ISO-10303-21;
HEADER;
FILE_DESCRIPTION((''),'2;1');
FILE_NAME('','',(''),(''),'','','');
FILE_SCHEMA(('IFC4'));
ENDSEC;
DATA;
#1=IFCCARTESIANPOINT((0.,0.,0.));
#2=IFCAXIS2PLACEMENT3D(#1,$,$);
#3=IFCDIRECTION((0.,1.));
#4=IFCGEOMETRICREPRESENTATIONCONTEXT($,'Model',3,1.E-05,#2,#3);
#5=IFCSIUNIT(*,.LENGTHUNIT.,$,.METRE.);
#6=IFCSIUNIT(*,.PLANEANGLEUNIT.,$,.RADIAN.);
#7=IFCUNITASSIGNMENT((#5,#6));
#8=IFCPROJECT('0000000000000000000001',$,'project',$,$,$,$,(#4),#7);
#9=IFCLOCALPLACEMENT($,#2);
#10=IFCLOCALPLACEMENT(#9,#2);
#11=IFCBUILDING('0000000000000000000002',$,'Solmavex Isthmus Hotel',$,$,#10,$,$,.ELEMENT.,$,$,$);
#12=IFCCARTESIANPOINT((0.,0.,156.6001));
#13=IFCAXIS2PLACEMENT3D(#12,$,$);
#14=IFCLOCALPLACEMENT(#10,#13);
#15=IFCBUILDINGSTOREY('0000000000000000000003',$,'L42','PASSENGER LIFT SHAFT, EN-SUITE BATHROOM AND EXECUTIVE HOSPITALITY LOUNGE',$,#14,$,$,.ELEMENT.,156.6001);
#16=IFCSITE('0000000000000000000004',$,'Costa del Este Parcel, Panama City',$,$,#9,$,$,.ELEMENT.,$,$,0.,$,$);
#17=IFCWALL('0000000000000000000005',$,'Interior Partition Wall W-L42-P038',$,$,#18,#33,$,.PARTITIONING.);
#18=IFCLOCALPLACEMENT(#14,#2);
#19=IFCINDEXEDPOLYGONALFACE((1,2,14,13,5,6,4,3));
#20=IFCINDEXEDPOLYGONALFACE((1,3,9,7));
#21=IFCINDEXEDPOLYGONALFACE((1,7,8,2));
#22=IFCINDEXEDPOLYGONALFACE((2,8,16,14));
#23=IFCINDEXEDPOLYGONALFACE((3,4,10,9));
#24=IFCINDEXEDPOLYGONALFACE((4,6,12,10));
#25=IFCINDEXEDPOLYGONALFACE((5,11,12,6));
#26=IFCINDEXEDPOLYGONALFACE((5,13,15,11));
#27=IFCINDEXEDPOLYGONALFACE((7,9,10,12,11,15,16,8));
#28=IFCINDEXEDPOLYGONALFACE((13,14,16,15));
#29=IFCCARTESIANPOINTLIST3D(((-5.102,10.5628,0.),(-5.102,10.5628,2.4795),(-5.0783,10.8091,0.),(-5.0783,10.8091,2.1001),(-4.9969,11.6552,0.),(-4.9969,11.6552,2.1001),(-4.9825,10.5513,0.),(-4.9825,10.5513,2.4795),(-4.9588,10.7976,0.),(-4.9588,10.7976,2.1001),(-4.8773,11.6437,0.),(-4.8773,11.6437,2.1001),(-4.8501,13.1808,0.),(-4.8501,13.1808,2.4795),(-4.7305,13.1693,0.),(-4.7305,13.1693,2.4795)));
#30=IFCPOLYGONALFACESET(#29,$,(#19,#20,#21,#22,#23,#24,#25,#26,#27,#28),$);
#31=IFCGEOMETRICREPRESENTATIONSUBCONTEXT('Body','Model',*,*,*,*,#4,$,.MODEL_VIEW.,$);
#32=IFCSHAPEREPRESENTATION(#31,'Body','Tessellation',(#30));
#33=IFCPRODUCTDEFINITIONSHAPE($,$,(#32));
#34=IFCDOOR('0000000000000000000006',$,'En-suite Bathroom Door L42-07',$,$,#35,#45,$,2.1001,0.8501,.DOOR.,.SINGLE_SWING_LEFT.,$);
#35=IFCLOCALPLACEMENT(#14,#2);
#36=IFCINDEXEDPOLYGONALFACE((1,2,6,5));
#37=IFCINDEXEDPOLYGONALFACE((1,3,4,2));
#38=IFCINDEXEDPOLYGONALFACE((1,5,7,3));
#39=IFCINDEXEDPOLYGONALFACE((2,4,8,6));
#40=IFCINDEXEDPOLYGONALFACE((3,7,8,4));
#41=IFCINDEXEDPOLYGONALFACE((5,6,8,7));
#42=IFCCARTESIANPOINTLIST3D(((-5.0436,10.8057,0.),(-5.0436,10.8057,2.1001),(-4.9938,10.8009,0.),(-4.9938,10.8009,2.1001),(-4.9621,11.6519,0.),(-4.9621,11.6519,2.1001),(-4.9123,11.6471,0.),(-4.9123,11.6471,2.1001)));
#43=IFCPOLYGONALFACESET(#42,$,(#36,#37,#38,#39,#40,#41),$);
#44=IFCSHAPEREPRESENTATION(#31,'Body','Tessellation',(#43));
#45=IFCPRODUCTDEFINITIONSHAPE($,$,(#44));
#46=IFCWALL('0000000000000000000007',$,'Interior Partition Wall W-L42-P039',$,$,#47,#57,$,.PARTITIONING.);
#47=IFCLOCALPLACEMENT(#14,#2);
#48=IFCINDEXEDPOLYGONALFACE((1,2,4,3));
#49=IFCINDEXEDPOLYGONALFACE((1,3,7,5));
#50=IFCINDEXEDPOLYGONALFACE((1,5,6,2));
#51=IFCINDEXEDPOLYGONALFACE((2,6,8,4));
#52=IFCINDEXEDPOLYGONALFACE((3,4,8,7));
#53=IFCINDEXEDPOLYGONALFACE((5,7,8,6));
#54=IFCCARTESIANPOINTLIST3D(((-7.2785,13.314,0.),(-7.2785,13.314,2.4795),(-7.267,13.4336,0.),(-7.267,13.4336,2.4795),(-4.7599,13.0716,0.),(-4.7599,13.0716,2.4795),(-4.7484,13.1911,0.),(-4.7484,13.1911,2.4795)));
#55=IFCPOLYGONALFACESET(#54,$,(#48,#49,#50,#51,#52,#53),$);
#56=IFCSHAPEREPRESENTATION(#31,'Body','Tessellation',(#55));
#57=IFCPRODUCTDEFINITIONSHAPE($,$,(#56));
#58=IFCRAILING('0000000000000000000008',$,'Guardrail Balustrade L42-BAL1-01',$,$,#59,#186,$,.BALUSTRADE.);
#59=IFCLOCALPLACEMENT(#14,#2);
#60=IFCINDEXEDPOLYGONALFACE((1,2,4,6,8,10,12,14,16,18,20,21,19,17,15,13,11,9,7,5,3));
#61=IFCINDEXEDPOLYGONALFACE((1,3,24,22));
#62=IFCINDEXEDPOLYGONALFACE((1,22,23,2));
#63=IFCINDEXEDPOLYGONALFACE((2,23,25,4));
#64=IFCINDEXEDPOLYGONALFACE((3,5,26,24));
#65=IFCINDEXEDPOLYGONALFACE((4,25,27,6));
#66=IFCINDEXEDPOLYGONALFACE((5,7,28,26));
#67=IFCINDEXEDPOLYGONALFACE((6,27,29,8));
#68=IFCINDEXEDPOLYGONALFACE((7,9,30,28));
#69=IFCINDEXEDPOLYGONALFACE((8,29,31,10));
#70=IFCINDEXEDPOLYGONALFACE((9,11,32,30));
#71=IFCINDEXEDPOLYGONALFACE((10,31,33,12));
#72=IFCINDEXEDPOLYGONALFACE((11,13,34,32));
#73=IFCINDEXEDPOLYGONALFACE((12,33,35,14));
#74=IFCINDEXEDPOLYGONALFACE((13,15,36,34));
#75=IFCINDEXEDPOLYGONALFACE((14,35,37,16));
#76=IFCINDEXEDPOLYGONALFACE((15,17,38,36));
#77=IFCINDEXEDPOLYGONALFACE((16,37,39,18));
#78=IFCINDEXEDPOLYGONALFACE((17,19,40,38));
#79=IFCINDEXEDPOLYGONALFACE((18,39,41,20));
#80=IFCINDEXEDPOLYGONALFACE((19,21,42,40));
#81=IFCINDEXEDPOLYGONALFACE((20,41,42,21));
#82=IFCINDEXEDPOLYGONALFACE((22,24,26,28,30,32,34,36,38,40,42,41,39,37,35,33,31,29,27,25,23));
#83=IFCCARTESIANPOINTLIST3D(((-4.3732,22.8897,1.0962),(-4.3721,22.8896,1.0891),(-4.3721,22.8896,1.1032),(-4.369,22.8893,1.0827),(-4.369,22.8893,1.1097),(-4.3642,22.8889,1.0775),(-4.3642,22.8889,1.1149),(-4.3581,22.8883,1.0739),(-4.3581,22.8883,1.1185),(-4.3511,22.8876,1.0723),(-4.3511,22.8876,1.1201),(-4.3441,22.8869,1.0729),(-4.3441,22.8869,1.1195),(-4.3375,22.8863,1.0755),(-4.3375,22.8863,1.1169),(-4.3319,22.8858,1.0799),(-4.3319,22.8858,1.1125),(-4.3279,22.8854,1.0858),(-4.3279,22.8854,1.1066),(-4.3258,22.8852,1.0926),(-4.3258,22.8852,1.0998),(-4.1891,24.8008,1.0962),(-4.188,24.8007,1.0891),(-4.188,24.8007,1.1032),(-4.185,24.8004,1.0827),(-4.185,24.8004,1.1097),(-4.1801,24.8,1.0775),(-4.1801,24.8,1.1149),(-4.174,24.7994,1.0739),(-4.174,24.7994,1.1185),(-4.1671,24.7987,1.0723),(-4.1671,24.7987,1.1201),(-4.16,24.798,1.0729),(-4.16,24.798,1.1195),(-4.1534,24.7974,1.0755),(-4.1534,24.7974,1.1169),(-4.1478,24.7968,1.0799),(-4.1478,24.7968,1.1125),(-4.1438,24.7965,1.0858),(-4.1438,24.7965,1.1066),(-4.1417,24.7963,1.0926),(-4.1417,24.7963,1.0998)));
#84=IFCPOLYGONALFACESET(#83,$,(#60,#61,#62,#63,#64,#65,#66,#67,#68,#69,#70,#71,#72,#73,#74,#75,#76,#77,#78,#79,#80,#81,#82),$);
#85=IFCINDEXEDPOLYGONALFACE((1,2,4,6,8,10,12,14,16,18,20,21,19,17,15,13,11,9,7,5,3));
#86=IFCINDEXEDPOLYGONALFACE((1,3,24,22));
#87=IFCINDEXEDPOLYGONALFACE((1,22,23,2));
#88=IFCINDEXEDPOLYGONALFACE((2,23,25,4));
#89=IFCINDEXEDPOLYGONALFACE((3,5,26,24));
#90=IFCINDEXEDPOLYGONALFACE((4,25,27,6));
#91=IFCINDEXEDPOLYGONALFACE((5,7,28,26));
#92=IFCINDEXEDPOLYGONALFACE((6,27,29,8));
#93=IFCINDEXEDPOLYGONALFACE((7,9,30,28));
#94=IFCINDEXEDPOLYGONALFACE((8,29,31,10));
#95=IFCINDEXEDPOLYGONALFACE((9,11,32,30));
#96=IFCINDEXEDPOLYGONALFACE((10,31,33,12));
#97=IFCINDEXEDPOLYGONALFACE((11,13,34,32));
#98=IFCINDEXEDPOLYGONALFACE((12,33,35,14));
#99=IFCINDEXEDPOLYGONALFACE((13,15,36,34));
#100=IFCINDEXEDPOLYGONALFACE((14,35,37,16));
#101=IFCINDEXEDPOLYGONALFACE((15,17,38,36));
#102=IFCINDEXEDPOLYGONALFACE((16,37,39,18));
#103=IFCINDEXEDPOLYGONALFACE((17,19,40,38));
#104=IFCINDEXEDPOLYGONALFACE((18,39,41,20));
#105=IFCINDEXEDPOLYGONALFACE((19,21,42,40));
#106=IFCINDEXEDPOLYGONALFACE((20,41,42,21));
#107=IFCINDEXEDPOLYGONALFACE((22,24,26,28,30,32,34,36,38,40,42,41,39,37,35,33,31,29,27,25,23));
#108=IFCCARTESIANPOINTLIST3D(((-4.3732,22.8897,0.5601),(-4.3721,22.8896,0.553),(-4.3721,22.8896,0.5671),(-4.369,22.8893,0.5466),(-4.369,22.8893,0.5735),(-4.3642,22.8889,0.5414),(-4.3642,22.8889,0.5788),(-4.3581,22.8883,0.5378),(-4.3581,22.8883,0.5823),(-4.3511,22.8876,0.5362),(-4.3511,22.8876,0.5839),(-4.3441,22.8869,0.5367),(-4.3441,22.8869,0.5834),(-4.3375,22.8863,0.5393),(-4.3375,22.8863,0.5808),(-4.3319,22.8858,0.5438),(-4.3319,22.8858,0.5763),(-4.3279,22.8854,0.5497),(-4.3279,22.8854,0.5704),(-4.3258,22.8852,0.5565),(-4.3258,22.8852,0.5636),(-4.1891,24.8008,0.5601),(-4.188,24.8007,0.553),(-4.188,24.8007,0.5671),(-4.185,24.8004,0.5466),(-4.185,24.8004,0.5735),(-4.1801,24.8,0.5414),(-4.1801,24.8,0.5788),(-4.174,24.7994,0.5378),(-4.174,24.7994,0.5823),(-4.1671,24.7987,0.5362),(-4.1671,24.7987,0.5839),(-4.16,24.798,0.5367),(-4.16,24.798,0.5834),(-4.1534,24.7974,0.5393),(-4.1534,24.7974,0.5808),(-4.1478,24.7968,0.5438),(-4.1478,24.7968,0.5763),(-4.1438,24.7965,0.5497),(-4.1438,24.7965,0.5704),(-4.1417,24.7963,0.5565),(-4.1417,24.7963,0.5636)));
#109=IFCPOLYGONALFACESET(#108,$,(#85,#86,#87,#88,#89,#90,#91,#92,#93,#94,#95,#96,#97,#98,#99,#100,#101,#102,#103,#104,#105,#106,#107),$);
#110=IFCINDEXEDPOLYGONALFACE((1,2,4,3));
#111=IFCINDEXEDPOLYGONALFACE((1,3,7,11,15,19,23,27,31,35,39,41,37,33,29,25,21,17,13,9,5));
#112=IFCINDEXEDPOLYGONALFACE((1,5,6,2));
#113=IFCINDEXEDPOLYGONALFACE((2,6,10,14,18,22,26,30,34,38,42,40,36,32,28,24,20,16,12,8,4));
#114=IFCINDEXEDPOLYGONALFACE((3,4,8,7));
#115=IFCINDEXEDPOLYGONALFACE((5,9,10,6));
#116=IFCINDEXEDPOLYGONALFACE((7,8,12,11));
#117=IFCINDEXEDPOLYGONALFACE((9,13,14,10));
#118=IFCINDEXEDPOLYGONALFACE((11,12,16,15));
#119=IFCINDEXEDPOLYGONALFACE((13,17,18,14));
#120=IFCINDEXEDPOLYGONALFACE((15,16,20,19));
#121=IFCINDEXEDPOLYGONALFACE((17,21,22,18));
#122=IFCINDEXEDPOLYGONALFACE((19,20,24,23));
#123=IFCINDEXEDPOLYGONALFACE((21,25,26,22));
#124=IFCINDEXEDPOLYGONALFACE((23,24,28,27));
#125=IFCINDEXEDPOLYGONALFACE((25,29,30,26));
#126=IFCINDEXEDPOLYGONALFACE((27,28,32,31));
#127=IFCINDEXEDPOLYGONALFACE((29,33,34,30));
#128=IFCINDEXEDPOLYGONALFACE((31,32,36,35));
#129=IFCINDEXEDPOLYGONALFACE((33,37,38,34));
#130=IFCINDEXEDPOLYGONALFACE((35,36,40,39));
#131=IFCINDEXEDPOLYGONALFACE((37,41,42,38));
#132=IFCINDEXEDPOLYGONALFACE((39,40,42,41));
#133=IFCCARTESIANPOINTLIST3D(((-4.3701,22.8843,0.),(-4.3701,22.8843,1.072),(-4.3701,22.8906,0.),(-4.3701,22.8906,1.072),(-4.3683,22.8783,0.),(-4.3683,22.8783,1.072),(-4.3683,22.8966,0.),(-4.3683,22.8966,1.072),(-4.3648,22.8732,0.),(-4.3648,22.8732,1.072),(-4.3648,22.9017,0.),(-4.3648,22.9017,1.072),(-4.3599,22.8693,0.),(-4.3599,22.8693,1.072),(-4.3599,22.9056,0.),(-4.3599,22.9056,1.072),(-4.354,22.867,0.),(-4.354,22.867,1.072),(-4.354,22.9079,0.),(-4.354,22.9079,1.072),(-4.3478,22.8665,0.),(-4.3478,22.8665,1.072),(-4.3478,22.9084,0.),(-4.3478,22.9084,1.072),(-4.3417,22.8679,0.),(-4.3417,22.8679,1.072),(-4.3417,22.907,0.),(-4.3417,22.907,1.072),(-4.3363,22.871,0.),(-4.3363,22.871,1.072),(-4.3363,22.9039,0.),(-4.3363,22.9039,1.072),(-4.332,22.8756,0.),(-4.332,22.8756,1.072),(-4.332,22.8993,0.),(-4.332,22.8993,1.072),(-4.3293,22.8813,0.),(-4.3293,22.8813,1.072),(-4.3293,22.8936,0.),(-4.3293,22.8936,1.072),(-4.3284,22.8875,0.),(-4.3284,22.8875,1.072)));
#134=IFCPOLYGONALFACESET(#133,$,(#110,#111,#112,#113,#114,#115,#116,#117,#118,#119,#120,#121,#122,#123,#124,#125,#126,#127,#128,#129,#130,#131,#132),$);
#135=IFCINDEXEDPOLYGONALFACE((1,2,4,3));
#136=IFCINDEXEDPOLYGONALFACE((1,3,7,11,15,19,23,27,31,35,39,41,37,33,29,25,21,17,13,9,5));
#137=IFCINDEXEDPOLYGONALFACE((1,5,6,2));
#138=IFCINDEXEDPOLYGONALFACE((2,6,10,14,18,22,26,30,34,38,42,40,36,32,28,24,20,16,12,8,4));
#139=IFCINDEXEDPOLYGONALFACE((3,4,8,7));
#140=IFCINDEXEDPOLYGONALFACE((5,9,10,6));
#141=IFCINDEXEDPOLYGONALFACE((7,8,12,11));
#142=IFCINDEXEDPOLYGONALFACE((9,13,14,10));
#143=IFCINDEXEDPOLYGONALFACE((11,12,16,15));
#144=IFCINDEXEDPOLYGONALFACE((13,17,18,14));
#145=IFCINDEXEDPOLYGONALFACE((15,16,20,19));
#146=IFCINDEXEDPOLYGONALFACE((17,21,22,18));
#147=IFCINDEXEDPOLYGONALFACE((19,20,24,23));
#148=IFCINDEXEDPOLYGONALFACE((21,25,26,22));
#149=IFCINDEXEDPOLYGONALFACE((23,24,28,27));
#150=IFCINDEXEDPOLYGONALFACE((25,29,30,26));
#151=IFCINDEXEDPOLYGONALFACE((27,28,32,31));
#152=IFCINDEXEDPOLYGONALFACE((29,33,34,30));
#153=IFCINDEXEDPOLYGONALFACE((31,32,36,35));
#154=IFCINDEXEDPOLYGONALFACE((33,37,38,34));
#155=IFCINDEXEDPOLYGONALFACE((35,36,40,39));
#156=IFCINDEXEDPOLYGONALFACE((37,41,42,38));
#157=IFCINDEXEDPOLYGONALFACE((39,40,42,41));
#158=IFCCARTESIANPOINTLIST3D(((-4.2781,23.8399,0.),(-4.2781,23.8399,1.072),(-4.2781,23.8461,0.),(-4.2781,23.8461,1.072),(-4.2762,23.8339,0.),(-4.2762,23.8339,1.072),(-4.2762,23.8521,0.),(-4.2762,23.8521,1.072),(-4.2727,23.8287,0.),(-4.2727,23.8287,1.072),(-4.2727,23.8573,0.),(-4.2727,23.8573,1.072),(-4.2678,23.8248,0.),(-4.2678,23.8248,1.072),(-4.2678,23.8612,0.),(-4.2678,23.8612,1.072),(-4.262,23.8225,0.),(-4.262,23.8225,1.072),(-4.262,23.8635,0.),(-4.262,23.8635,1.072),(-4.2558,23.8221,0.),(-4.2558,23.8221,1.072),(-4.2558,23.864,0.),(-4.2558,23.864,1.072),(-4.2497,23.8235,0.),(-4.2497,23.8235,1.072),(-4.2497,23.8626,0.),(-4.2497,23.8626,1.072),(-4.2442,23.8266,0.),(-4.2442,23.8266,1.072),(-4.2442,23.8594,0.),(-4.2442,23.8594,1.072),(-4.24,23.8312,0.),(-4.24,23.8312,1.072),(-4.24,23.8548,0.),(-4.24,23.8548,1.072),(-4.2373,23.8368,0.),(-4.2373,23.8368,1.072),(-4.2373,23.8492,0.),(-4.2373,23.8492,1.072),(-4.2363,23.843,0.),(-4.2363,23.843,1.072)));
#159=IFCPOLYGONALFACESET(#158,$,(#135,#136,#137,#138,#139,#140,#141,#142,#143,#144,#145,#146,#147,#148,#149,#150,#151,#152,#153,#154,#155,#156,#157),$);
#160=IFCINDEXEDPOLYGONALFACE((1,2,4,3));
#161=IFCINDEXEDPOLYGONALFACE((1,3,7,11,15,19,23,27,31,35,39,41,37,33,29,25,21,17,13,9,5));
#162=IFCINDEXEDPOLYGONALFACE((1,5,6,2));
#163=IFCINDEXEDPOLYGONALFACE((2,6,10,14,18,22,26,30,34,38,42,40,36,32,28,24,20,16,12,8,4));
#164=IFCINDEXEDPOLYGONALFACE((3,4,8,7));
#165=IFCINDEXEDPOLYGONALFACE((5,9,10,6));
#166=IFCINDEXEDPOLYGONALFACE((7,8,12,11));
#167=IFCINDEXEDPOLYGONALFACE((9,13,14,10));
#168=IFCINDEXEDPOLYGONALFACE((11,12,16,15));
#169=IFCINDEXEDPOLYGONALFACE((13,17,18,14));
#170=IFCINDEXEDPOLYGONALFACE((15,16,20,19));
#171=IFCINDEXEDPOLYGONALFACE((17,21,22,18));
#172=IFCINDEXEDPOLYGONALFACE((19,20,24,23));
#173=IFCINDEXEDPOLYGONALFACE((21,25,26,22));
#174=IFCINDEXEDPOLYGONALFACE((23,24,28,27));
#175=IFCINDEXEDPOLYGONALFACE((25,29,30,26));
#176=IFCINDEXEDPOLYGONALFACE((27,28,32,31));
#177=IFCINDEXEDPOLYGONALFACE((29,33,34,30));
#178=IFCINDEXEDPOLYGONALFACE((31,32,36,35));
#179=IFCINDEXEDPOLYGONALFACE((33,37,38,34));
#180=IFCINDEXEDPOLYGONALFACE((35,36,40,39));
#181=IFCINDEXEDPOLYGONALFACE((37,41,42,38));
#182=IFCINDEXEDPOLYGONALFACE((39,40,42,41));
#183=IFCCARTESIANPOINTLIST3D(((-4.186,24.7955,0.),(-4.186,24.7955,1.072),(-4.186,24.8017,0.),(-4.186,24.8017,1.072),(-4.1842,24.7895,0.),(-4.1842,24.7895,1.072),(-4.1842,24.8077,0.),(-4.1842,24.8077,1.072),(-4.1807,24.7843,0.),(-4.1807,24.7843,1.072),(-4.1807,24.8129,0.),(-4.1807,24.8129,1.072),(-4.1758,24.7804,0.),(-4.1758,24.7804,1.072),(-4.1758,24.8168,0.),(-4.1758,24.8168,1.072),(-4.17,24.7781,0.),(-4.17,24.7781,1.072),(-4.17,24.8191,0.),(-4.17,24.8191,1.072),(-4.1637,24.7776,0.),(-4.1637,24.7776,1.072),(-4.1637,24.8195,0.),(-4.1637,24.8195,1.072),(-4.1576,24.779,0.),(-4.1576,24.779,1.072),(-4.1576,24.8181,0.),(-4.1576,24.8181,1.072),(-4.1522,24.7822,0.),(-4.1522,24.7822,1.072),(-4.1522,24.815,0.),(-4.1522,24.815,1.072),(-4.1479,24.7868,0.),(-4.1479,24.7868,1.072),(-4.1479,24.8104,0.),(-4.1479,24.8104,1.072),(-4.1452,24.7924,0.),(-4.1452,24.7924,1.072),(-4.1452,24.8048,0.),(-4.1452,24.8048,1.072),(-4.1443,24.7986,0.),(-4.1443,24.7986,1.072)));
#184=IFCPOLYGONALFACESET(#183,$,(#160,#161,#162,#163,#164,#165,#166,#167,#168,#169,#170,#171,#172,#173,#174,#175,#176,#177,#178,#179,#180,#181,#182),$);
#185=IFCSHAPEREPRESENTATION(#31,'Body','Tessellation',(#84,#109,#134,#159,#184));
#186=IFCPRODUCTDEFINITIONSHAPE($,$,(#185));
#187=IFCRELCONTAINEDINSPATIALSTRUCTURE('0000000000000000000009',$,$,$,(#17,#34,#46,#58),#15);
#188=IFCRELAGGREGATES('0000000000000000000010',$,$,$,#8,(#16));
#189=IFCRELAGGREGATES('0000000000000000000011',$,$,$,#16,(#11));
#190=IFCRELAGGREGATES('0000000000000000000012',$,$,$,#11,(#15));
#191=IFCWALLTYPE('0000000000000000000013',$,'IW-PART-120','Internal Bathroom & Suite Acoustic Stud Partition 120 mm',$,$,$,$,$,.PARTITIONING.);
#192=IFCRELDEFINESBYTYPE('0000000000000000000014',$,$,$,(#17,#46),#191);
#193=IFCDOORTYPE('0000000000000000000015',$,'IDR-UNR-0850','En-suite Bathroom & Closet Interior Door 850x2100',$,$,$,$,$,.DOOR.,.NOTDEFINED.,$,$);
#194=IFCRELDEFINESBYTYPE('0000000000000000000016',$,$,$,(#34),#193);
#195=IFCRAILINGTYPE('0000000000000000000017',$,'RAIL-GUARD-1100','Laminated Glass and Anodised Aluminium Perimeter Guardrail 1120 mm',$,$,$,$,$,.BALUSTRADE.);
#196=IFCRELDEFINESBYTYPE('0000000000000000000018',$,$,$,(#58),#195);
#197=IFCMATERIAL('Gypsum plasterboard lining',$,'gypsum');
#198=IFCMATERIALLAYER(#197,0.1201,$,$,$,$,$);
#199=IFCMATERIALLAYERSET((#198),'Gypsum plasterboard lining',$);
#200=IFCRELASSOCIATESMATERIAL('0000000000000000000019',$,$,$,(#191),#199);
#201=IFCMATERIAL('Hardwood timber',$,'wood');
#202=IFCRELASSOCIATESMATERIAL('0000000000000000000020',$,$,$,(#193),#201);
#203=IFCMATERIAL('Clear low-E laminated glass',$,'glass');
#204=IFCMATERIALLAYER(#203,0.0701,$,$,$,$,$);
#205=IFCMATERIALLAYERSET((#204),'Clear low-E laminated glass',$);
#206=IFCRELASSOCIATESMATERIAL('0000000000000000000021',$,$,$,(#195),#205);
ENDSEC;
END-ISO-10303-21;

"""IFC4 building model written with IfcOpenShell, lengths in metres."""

from ifc_helpers import new_model, si_unit, direction, frame, frame_2d, origin, origin_2d, place, context, subcontext, project, spatial, rectangle, circle, extrude, material, layer, layer_set, type_object, element, fill, save


model = new_model("IFC4")

# Units and contexts
model_context = context("Model", 3, precision=1e-05, world=origin(), true_north=direction((0.0, 1.0)))
body_context = subcontext(model_context, "Body", "Model", "MODEL_VIEW")
ifc_project = project(units=[si_unit("LENGTHUNIT", "METRE"), si_unit("PLANEANGLEUNIT", "RADIAN")], contexts=[model_context])

# Site, building, storey
site_placement = place(None, origin())
site = spatial("IfcSite", under=ifc_project, at=site_placement, Name="Costa del Este Parcel, Panama City", CompositionType="ELEMENT", RefElevation=0.0)
building_placement = place(site_placement, origin())
building = spatial("IfcBuilding", under=site, at=building_placement, Name="Solmavex Isthmus Hotel", CompositionType="ELEMENT")
storey_placement = place(building_placement, frame((0.0, 0.0, 156.6001)))
storey = spatial("IfcBuildingStorey", under=building, at=storey_placement, Name="L42", Description="PASSENGER LIFT SHAFT, EN-SUITE BATHROOM AND EXECUTIVE HOSPITALITY LOUNGE", CompositionType="ELEMENT", Elevation=156.6001)

# Shared definitions
ifc_material_1 = material(Name="Clear low-E laminated glass", Category="glass")

# Shared definitions
ifc_material_2 = material(Name="Gypsum plasterboard lining", Category="gypsum")

# Shared definitions
ifc_material_3 = material(Name="Hardwood timber", Category="wood")

# Shared definitions
ifc_layer_1 = layer(ifc_material_2, 0.1201)
ifc_layer_set_1 = layer_set([ifc_layer_1], Name="Gypsum plasterboard lining")
wall_type_1 = type_object("IfcWallType", Name="IW-PART-120", Description="Internal Bathroom & Suite Acoustic Stud Partition 120 mm", PredefinedType="PARTITIONING", material=ifc_layer_set_1)

# Wall, opening, door
wall_1_placement = place(storey_placement, frame((-5.0422, 10.5571, 0.0), z_axis=(0.0, 0.0, 1.0), x_axis=(0.095799, 0.995401, 0.0)))
wall_1 = element("IfcWall", 1, at=wall_1_placement, inside=storey, type_object=wall_type_1, Name="Interior Partition Wall W-L42-P038", PredefinedType="PARTITIONING", context=body_context, shape_type="SweptSolid", body=[
    extrude(rectangle(XDim=2.6301, YDim=0.1201, at=frame_2d((1.3149, 0.0))), origin(), (0.0, 0.0, 1.0), 2.4795),
])
opening_1_placement = place(wall_1_placement, frame((0.2473, 0.0, 0.0)))
opening_1 = element("IfcOpeningElement", 2, at=opening_1_placement, cuts=wall_1, PredefinedType="OPENING", context=body_context, shape_type="SweptSolid", body=[
    extrude(rectangle(XDim=0.8501, YDim=2.1001, at=frame_2d((0.425, 1.05))), frame((0.0, 0.0701, 0.0), z_axis=(0.0, -1.0, 0.0), x_axis=(1.0, 0.0, 0.0)), (0.0, 0.0, 1.0), 0.1401),
])
door_type_1 = type_object("IfcDoorType", Name="IDR-UNR-0850", Description="En-suite Bathroom & Closet Interior Door 850x2100", OperationType="NOTDEFINED", PredefinedType="DOOR", material=ifc_material_3)
door_1_placement = place(opening_1_placement, frame((0.8501, 0.0, 0.0), z_axis=(0.0, 0.0, 1.0), x_axis=(-1.0, 0.0, 0.0)))
door_1 = element("IfcDoor", 3, at=door_1_placement, inside=storey, type_object=door_type_1, Name="En-suite Bathroom Door L42-07", OperationType="SINGLE_SWING_LEFT", OverallHeight=2.1001, OverallWidth=0.8501, PredefinedType="DOOR", context=body_context, shape_type="SweptSolid", body=[
    extrude(rectangle(XDim=0.8501, YDim=2.1001, at=frame_2d((0.425, 1.05))), frame((0.0, 0.0249, 0.0), z_axis=(0.0, -1.0, 0.0), x_axis=(1.0, 0.0, 0.0)), (0.0, 0.0, 1.0), 0.05),
])
fill(opening_1, door_1)

# Wall
wall_2_placement = place(storey_placement, frame((-4.7542, 13.1313, 0.0), z_axis=(0.0, 0.0, 1.0), x_axis=(-0.995399, 0.095815, 0.0)))
element("IfcWall", 4, at=wall_2_placement, inside=storey, type_object=wall_type_1, Name="Interior Partition Wall W-L42-P039", PredefinedType="PARTITIONING", context=body_context, shape_type="SweptSolid", body=[
    extrude(rectangle(XDim=2.5303, YDim=0.1201, at=frame_2d((1.2651, 0.0))), origin(), (0.0, 0.0, 1.0), 2.4795),
])

# Railing
ifc_layer_2 = layer(ifc_material_1, 0.0701)
ifc_layer_set_2 = layer_set([ifc_layer_2], Name="Clear low-E laminated glass")
railing_type = type_object("IfcRailingType", Name="RAIL-GUARD-1100", Description="Laminated Glass and Anodised Aluminium Perimeter Guardrail 1120 mm", PredefinedType="BALUSTRADE", material=ifc_layer_set_2)
railing_1_placement = place(storey_placement, frame((-4.3494, 22.8875, 0.0)))
element("IfcRailing", 5, at=railing_1_placement, inside=storey, type_object=railing_type, Name="Guardrail Balustrade L42-BAL1-01", PredefinedType="BALUSTRADE", context=body_context, shape_type="SweptSolid", body=[
    extrude(circle(Radius=0.0239, at=origin_2d()), frame((0.0, 0.0, 1.0962), z_axis=(0.095877, 0.995393, 0.0), x_axis=(-0.995393, 0.095877, 0.0)), (0.0, 0.0, 1.0), 1.9199),
    extrude(circle(Radius=0.0239, at=origin_2d()), frame((0.0, 0.0, 0.5601), z_axis=(0.095877, 0.995393, 0.0), x_axis=(-0.995393, 0.095877, 0.0)), (0.0, 0.0, 1.0), 1.9199),
    extrude(circle(Radius=0.021, at=origin_2d()), origin(), (0.0, 0.0, 1.0), 1.072),
    extrude(circle(Radius=0.021, at=origin_2d()), frame((0.092, 0.9556, 0.0)), (0.0, 0.0, 1.0), 1.072),
    extrude(circle(Radius=0.021, at=origin_2d()), frame((0.1841, 1.9111, 0.0)), (0.0, 0.0, 1.0), 1.072),
])

save(model, "model.ifc")
